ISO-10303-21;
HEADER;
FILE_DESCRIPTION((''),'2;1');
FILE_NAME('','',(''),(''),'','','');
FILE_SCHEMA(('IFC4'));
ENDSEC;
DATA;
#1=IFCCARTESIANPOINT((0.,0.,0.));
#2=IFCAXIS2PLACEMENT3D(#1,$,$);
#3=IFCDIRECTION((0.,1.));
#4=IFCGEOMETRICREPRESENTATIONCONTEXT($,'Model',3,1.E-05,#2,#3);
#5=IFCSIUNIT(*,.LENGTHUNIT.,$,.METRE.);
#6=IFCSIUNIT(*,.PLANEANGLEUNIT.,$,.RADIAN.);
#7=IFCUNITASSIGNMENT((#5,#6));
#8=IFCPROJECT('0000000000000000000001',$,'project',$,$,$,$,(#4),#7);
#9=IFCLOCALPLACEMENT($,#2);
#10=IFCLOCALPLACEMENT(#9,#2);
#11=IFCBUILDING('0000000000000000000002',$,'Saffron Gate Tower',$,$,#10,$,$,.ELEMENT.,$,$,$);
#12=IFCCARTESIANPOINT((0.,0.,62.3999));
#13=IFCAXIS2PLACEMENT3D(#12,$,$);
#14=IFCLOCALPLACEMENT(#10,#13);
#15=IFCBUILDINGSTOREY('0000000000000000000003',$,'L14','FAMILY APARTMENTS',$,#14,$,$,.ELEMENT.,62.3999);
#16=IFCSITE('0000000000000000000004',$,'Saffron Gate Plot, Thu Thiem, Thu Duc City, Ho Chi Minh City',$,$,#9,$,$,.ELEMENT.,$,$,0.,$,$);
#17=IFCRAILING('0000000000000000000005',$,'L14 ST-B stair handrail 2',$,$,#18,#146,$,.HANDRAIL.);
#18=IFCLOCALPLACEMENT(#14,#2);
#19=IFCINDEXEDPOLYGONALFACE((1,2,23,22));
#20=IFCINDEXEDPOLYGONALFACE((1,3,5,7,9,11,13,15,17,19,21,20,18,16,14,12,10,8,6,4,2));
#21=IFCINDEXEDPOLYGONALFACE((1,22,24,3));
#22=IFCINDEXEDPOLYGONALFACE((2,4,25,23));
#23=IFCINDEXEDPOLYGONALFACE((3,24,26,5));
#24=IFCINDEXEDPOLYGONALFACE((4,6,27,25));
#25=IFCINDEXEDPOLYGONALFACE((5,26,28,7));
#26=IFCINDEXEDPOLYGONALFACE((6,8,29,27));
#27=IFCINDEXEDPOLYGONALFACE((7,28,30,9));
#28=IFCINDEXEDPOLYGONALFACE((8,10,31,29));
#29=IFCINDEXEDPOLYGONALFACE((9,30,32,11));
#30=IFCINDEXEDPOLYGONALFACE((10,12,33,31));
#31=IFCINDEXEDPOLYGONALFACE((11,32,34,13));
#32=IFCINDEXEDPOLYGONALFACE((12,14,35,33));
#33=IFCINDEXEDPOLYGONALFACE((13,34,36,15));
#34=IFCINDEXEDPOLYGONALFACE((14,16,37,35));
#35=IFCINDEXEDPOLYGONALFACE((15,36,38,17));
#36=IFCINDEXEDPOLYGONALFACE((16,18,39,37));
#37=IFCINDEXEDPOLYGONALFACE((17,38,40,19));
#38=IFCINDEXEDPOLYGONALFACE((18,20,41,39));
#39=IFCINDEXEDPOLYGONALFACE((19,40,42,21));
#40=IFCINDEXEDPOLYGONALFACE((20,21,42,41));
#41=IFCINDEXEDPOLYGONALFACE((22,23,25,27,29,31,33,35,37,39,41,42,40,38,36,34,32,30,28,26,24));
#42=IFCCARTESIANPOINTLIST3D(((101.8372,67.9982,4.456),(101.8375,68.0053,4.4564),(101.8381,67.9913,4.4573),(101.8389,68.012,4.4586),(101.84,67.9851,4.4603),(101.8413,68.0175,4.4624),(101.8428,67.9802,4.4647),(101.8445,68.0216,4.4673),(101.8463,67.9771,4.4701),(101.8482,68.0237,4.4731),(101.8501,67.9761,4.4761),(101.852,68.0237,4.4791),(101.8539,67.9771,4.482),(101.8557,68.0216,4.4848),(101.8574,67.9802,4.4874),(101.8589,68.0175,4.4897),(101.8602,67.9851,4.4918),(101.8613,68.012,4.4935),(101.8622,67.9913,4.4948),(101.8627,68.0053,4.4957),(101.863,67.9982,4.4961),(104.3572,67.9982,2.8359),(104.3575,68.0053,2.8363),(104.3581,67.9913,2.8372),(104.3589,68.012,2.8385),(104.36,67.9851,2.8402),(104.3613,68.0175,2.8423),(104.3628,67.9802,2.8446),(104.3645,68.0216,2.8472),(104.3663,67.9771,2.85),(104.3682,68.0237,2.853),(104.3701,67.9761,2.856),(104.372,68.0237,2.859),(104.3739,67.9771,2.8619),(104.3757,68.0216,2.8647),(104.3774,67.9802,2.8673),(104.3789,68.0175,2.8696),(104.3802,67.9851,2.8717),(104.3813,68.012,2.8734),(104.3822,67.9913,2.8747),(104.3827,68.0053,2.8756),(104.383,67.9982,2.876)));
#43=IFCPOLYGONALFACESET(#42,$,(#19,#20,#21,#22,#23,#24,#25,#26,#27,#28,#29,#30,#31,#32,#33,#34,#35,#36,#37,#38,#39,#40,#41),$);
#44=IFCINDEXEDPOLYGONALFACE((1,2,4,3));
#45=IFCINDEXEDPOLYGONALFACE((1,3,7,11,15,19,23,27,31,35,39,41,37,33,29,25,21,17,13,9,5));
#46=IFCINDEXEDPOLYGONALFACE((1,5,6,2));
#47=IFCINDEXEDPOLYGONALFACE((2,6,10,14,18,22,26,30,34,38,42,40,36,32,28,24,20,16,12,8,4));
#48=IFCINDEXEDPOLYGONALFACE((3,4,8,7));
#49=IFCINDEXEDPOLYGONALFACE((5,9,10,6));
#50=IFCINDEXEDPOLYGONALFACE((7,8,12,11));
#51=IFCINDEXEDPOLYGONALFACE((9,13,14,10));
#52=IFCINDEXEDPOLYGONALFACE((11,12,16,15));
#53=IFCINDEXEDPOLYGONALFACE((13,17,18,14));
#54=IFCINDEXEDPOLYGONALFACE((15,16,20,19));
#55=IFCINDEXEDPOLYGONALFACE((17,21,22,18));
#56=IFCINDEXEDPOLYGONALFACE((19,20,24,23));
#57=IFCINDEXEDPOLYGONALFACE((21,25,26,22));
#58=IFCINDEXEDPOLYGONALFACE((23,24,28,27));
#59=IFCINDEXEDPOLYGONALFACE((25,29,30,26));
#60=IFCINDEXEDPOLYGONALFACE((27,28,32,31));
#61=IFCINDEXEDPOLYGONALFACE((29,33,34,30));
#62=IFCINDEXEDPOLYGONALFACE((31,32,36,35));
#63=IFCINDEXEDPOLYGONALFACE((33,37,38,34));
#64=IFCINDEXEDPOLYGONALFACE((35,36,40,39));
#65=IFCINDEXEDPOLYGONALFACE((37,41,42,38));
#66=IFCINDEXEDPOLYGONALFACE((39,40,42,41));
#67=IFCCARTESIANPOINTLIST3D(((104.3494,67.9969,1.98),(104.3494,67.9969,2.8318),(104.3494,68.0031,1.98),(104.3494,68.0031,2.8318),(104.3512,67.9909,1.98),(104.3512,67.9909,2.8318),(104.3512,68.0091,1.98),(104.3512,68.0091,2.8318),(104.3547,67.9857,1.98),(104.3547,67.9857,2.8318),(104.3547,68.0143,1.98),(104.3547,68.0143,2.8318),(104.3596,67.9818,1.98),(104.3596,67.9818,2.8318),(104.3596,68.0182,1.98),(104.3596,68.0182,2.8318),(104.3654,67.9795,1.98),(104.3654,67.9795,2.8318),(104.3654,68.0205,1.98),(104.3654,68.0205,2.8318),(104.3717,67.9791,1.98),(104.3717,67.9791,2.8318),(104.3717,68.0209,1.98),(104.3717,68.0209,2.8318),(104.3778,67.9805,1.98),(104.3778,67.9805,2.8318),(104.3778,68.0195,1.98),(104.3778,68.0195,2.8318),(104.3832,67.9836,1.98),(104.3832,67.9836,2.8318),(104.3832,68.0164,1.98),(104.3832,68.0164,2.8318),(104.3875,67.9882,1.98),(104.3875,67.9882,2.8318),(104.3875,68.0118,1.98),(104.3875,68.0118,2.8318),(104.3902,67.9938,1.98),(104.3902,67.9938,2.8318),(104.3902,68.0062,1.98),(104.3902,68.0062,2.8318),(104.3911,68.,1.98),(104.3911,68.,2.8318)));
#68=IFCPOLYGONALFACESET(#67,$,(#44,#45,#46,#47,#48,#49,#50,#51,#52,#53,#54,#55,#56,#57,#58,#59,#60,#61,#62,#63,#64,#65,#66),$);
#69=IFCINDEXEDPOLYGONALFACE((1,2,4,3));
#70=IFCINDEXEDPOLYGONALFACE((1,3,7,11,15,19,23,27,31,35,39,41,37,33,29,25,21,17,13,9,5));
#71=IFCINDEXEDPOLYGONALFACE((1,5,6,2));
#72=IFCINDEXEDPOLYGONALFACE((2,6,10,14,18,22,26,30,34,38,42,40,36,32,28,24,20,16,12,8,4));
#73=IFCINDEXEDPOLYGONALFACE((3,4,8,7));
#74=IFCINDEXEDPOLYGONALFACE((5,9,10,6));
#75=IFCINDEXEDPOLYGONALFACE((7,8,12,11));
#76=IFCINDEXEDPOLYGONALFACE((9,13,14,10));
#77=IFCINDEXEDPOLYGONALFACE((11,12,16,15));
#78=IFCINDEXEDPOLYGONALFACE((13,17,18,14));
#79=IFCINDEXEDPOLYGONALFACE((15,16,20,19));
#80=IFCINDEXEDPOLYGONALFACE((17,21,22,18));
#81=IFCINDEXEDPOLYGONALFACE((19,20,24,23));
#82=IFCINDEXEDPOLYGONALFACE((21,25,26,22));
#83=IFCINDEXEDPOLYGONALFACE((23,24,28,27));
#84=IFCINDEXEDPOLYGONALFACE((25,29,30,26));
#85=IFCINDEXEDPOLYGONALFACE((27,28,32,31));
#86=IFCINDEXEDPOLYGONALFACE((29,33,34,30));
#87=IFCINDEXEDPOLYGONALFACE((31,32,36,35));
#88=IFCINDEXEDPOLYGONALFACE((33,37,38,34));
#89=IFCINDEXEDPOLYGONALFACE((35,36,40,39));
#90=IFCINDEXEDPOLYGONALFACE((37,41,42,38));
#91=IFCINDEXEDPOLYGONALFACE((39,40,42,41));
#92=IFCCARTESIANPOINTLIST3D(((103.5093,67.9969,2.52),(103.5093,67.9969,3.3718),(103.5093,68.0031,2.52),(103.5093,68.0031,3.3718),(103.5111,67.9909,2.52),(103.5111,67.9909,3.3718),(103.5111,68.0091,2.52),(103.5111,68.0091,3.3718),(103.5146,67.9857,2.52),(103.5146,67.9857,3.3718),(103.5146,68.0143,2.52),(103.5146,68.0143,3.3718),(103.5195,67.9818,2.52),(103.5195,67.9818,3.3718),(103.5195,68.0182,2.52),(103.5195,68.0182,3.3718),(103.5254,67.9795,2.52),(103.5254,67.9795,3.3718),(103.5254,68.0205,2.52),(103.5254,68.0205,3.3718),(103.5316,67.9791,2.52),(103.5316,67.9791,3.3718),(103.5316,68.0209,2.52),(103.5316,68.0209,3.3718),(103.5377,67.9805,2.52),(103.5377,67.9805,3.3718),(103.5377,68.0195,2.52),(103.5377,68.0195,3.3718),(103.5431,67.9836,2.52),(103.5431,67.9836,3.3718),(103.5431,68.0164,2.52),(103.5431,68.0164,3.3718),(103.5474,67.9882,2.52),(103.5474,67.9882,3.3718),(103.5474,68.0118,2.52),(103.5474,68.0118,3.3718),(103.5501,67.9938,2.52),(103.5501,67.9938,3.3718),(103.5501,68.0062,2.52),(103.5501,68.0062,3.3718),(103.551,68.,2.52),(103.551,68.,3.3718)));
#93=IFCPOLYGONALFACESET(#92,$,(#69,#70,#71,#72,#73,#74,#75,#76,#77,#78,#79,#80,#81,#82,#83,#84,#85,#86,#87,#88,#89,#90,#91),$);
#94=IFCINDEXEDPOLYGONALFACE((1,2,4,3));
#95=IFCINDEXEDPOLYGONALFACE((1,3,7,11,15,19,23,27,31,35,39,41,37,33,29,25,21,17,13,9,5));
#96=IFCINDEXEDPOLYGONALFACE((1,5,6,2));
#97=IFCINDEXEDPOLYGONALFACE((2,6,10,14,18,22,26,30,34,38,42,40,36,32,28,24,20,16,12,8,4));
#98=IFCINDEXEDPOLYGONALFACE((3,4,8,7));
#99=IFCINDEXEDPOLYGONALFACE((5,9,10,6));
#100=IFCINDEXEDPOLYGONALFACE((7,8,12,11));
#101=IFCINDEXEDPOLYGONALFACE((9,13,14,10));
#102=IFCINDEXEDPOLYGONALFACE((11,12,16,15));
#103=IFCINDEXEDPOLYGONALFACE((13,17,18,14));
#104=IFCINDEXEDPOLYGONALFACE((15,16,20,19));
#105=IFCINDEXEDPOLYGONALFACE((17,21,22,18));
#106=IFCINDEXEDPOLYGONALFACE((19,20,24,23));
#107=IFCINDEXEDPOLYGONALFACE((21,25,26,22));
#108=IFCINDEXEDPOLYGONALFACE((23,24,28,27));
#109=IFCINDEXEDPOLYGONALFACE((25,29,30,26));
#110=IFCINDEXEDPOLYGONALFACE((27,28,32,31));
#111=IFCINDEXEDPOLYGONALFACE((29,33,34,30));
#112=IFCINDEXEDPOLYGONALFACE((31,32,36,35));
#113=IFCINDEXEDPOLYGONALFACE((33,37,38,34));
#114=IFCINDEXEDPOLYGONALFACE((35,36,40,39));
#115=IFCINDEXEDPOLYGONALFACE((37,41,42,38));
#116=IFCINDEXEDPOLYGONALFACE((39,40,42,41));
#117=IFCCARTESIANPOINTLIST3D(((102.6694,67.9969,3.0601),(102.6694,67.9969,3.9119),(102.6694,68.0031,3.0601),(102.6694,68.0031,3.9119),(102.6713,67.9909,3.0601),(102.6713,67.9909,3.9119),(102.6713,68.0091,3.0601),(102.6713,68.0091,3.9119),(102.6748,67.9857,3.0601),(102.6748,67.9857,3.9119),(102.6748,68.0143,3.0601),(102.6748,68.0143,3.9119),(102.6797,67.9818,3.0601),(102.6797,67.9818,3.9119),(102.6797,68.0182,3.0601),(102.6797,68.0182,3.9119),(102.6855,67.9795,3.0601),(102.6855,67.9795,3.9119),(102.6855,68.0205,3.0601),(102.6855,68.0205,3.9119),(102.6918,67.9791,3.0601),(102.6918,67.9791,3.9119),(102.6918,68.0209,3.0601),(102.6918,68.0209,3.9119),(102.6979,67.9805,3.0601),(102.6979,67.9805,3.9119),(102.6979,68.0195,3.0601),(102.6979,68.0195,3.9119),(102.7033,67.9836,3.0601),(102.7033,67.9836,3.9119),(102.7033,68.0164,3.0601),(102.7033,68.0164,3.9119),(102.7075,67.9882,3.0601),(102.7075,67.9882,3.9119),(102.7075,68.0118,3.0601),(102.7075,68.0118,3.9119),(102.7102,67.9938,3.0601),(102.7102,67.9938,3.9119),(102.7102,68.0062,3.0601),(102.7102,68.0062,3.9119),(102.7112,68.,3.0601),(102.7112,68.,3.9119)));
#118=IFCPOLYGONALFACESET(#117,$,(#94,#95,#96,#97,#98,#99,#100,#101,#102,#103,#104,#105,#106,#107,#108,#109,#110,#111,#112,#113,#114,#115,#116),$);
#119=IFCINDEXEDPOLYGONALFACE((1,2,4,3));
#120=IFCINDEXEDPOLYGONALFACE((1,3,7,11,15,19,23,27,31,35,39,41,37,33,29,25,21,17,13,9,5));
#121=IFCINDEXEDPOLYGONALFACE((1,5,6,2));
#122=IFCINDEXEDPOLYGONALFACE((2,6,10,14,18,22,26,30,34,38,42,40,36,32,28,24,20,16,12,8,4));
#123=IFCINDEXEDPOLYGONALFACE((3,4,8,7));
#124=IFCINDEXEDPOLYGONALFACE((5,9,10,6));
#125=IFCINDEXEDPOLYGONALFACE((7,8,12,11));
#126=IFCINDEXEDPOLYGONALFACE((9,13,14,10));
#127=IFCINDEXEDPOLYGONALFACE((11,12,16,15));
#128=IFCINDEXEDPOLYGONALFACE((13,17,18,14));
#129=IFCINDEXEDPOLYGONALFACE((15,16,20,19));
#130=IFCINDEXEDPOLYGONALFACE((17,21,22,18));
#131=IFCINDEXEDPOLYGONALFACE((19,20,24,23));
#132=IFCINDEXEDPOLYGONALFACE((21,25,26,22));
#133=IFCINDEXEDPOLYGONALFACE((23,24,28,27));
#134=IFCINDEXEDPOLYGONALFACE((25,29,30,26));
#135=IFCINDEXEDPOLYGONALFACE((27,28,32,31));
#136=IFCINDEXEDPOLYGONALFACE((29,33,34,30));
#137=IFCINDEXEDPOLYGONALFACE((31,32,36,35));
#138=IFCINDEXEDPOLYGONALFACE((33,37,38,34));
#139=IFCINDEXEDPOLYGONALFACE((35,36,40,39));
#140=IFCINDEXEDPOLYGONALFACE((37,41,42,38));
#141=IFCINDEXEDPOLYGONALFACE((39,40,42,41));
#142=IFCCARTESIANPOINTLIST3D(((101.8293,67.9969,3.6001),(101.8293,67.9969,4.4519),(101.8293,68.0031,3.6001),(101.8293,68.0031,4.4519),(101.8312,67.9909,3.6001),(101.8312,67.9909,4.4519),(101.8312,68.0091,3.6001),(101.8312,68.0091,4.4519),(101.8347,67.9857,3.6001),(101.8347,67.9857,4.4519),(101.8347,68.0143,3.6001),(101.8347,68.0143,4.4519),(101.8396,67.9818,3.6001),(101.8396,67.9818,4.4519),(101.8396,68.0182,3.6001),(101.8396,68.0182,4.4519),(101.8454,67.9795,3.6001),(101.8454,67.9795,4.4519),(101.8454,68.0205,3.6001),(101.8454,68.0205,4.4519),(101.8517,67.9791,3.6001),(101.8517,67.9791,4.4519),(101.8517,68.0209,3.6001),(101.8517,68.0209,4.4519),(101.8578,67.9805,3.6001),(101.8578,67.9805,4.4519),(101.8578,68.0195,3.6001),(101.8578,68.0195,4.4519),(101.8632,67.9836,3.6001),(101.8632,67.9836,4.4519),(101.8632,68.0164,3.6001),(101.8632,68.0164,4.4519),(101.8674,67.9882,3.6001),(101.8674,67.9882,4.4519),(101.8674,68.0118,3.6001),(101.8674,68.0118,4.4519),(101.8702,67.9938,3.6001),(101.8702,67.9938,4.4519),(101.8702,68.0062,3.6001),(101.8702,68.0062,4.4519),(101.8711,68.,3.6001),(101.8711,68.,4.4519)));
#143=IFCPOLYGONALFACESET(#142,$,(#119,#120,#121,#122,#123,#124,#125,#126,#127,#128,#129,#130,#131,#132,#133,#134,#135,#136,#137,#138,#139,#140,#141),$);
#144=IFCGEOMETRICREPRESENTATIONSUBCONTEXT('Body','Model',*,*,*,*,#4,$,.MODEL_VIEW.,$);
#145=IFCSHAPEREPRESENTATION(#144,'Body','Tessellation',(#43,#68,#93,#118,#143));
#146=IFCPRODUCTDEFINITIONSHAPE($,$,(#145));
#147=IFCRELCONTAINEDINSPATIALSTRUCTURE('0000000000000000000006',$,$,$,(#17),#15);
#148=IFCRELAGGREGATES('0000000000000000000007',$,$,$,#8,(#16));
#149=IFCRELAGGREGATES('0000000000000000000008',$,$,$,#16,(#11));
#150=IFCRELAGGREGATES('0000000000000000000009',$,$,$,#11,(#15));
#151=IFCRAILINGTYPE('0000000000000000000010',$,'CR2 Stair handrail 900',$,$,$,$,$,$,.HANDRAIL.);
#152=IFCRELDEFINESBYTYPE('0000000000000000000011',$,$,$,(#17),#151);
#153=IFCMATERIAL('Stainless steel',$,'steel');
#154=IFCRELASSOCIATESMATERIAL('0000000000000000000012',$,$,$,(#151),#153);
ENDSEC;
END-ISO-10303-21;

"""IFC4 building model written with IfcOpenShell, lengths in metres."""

from ifc_helpers import new_model, si_unit, direction, frame, origin, origin_2d, place, context, subcontext, project, spatial, circle, extrude, material, type_object, element, save


model = new_model("IFC4")

# Units and contexts
model_context = context("Model", 3, precision=1e-05, world=origin(), true_north=direction((0.0, 1.0)))
body_context = subcontext(model_context, "Body", "Model", "MODEL_VIEW")
ifc_project = project(units=[si_unit("LENGTHUNIT", "METRE"), si_unit("PLANEANGLEUNIT", "RADIAN")], contexts=[model_context])

# Site, building, storey
site_placement = place(None, origin())
site = spatial("IfcSite", under=ifc_project, at=site_placement, Name="Saffron Gate Plot, Thu Thiem, Thu Duc City, Ho Chi Minh City", CompositionType="ELEMENT", RefElevation=0.0)
building_placement = place(site_placement, origin())
building = spatial("IfcBuilding", under=site, at=building_placement, Name="Saffron Gate Tower", CompositionType="ELEMENT")
storey_placement = place(building_placement, frame((0.0, 0.0, 62.3999)))
storey = spatial("IfcBuildingStorey", under=building, at=storey_placement, Name="L14", Description="FAMILY APARTMENTS", CompositionType="ELEMENT", Elevation=62.3999)

# Railing
ifc_material_1 = material(Name="Stainless steel", Category="steel")
railing_type_1 = type_object("IfcRailingType", Name="CR2 Stair handrail 900", PredefinedType="HANDRAIL", material=ifc_material_1)
railing_1_placement = place(storey_placement, frame((104.3701, 68.0, 1.98)))
element("IfcRailing", 1, at=railing_1_placement, inside=storey, type_object=railing_type_1, Name="L14 ST-B stair handrail 2", PredefinedType="HANDRAIL", context=body_context, shape_type="SweptSolid", body=[
    extrude(circle(Radius=0.0239, at=origin_2d()), frame((0.0, 0.0, 0.876), z_axis=(-0.841163, 0.0, 0.540782), x_axis=(0.0, -1.0, 0.0)), (0.0, 0.0, 1.0), 2.9958),
    extrude(circle(Radius=0.021, at=origin_2d()), origin(), (0.0, 0.0, 1.0), 0.8518),
    extrude(circle(Radius=0.021, at=origin_2d()), frame((-0.8401, 0.0, 0.54)), (0.0, 0.0, 1.0), 0.8518),
    extrude(circle(Radius=0.021, at=origin_2d()), frame((-1.6799, 0.0, 1.0801)), (0.0, 0.0, 1.0), 0.8518),
    extrude(circle(Radius=0.021, at=origin_2d()), frame((-2.52, 0.0, 1.6201)), (0.0, 0.0, 1.0), 0.8518),
])

save(model, "model.ifc")
